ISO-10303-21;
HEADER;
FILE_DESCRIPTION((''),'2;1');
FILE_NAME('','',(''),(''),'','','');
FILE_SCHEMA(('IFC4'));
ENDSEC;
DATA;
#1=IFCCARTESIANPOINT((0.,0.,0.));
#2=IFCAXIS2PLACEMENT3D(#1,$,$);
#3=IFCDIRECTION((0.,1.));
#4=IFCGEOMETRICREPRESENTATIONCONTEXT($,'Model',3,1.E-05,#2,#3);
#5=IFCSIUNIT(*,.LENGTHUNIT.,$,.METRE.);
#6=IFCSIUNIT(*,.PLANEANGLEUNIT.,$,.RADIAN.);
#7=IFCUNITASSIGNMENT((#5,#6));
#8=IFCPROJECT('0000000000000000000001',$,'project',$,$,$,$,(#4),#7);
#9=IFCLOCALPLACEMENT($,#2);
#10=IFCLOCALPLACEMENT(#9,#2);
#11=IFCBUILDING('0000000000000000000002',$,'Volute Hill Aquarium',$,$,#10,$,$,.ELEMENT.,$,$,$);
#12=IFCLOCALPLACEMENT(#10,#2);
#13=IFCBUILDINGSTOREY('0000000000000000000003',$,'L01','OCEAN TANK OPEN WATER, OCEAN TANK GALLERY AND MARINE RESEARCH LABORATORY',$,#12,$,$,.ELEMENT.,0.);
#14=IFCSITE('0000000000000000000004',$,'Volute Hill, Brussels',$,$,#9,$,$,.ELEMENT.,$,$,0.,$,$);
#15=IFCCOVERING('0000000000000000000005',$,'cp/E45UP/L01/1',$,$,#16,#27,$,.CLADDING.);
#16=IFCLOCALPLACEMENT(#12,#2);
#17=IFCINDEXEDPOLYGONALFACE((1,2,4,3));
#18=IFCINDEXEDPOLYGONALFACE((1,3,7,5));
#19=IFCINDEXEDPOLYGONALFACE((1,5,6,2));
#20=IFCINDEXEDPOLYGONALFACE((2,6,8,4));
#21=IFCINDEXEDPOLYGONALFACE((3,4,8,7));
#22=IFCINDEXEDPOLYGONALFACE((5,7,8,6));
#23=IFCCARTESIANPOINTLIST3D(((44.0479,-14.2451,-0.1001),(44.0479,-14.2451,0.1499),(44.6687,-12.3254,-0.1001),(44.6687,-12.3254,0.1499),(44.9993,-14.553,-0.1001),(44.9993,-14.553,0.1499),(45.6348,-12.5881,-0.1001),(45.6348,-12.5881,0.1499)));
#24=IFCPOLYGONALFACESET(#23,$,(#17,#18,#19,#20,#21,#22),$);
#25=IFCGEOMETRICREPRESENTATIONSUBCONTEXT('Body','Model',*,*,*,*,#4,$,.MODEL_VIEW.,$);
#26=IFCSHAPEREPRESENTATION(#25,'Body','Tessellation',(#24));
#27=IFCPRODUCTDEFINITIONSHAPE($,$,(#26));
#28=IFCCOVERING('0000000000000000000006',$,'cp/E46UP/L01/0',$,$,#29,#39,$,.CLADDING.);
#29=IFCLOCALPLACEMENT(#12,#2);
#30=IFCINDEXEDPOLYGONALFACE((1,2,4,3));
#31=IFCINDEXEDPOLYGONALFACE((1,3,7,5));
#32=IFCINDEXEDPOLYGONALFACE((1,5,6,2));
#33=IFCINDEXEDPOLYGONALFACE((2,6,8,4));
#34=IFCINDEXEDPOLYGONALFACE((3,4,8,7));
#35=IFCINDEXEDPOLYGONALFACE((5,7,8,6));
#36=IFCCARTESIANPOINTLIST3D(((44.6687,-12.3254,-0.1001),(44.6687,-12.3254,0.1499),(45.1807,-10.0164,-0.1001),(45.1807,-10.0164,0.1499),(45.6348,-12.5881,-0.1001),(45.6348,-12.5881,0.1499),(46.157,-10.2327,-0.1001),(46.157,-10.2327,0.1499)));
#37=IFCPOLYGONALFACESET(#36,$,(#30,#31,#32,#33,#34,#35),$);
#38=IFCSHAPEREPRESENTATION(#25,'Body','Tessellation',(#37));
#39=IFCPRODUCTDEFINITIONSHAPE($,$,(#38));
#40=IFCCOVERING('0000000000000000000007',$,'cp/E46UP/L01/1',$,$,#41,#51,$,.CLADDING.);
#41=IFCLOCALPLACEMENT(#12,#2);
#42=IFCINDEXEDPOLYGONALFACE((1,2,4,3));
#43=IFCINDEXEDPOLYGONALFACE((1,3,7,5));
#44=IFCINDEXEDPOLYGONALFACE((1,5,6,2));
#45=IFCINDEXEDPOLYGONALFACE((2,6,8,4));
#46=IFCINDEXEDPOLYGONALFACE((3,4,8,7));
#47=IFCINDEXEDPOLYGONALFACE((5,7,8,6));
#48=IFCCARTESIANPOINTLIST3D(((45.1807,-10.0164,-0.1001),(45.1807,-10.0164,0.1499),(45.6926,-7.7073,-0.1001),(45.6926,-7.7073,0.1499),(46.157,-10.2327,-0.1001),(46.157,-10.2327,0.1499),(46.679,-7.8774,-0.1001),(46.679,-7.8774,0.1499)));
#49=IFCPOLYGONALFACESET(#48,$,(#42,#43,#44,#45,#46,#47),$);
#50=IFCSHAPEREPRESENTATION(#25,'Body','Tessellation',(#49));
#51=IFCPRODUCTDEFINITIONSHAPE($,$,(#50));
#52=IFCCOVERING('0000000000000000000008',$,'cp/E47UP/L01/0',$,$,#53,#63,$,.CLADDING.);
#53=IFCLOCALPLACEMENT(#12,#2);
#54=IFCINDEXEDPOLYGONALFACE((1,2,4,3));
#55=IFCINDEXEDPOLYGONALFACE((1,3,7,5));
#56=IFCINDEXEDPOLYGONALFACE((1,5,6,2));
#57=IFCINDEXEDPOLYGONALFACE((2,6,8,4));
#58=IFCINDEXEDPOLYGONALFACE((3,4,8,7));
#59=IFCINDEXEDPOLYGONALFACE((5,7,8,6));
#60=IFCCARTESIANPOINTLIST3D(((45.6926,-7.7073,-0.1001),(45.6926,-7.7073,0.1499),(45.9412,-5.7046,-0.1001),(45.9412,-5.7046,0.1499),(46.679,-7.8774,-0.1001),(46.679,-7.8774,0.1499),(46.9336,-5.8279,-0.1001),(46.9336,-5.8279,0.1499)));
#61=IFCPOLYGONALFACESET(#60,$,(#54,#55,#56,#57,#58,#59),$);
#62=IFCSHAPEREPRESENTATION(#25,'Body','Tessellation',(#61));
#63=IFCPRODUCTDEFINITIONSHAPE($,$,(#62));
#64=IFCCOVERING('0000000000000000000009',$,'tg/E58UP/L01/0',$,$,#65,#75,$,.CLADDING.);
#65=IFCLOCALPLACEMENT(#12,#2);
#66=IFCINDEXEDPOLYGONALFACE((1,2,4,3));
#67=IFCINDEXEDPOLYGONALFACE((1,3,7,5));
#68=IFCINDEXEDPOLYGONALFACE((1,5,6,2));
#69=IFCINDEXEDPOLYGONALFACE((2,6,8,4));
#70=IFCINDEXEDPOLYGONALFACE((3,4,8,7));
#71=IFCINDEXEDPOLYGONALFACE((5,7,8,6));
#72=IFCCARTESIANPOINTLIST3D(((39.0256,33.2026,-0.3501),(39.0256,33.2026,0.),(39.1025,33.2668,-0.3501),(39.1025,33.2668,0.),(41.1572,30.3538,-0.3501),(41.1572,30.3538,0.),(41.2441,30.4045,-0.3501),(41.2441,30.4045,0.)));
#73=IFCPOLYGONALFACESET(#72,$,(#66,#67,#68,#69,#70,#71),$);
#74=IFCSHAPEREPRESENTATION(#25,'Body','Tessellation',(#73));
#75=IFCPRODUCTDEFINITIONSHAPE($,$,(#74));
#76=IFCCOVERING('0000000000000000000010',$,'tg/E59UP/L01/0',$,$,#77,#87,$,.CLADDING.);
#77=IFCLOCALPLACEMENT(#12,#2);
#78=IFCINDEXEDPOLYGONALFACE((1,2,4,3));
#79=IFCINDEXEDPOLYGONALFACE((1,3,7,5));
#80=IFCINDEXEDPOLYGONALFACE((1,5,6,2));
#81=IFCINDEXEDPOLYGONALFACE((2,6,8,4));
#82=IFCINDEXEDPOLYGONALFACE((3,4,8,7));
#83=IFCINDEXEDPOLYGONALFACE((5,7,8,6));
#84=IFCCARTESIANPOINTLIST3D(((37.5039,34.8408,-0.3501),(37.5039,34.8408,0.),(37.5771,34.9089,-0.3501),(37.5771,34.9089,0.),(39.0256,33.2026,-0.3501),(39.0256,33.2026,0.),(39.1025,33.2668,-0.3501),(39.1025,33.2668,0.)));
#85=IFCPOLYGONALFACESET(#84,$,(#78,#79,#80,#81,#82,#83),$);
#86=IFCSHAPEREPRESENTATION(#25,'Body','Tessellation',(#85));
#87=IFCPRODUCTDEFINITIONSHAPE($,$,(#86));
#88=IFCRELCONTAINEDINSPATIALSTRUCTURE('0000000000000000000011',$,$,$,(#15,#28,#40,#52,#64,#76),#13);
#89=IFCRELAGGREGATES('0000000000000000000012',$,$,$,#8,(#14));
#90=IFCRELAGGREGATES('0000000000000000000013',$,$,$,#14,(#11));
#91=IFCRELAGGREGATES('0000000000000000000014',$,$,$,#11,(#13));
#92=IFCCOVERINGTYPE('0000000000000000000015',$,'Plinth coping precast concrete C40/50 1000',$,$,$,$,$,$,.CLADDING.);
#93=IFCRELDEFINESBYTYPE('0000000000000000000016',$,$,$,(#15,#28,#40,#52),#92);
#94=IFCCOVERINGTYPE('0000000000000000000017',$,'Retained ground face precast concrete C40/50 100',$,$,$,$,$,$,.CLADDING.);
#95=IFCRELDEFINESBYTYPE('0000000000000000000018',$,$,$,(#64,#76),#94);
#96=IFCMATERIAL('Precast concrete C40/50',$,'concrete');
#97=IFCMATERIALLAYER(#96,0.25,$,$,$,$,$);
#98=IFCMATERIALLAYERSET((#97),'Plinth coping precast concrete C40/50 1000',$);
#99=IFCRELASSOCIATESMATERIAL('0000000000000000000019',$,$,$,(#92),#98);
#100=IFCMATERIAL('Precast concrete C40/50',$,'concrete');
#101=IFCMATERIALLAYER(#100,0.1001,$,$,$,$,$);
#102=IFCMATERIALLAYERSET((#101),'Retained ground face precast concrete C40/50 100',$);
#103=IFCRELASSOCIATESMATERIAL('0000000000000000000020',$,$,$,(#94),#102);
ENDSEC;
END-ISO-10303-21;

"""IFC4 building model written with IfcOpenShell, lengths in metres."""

from ifc_helpers import new_model, si_unit, direction, frame, origin, place, context, subcontext, project, spatial, polyline, outline, extrude, material, layer, layer_set, type_object, element, save


model = new_model("IFC4")

# Units and contexts
model_context = context("Model", 3, precision=1e-05, world=origin(), true_north=direction((0.0, 1.0)))
body_context = subcontext(model_context, "Body", "Model", "MODEL_VIEW")
ifc_project = project(units=[si_unit("LENGTHUNIT", "METRE"), si_unit("PLANEANGLEUNIT", "RADIAN")], contexts=[model_context])

# Site, building, storey
site_placement = place(None, origin())
site = spatial("IfcSite", under=ifc_project, at=site_placement, Name="Volute Hill, Brussels", CompositionType="ELEMENT", RefElevation=0.0)
building_placement = place(site_placement, origin())
building = spatial("IfcBuilding", under=site, at=building_placement, Name="Volute Hill Aquarium", CompositionType="ELEMENT")
storey_placement = place(building_placement, origin())
storey = spatial("IfcBuildingStorey", under=building, at=storey_placement, Name="L01", Description="OCEAN TANK OPEN WATER, OCEAN TANK GALLERY AND MARINE RESEARCH LABORATORY", CompositionType="ELEMENT", Elevation=0.0)

# Coverings
ifc_material_1 = material(Name="Precast concrete C40/50", Category="concrete")
ifc_layer_1 = layer(ifc_material_1, 0.25)
ifc_layer_set_1 = layer_set([ifc_layer_1], Name="Plinth coping precast concrete C40/50 1000")
covering_type_1 = type_object("IfcCoveringType", Name="Plinth coping precast concrete C40/50 1000", PredefinedType="CLADDING", material=ifc_layer_set_1)
covering_1_placement = place(storey_placement, frame((0.0, 0.0, -0.1001)))
element("IfcCovering", 1, at=covering_1_placement, inside=storey, type_object=covering_type_1, Name="cp/E45UP/L01/1", PredefinedType="CLADDING", context=body_context, shape_type="SweptSolid", body=[
    extrude(outline(polyline([(45.6348, -12.5881), (45.6348, -12.5881), (44.6687, -12.3254), (44.6687, -12.3254), (44.0479, -14.2451), (44.9993, -14.553), (45.6348, -12.5881)])), origin(), (0.0, 0.0, 1.0), 0.25),
])
covering_2_placement = place(storey_placement, frame((0.0, 0.0, -0.1001)))
element("IfcCovering", 2, at=covering_2_placement, inside=storey, type_object=covering_type_1, Name="cp/E46UP/L01/0", PredefinedType="CLADDING", context=body_context, shape_type="SweptSolid", body=[
    extrude(outline(polyline([(45.6348, -12.5881), (46.157, -10.2327), (45.1807, -10.0164), (44.6687, -12.3254), (45.6348, -12.5881)])), origin(), (0.0, 0.0, 1.0), 0.25),
])
covering_3_placement = place(storey_placement, frame((0.0, 0.0, -0.1001)))
element("IfcCovering", 3, at=covering_3_placement, inside=storey, type_object=covering_type_1, Name="cp/E46UP/L01/1", PredefinedType="CLADDING", context=body_context, shape_type="SweptSolid", body=[
    extrude(outline(polyline([(46.157, -10.2327), (46.679, -7.8774), (45.6926, -7.7073), (45.1807, -10.0164), (46.157, -10.2327)])), origin(), (0.0, 0.0, 1.0), 0.25),
])
covering_4_placement = place(storey_placement, frame((0.0, 0.0, -0.1001)))
element("IfcCovering", 4, at=covering_4_placement, inside=storey, type_object=covering_type_1, Name="cp/E47UP/L01/0", PredefinedType="CLADDING", context=body_context, shape_type="SweptSolid", body=[
    extrude(outline(polyline([(46.679, -7.8774), (46.9336, -5.8279), (45.9412, -5.7046), (45.6926, -7.7073), (45.6926, -7.7073), (46.679, -7.8774), (46.679, -7.8774)])), origin(), (0.0, 0.0, 1.0), 0.25),
])
ifc_material_2 = material(Name="Precast concrete C40/50", Category="concrete")
ifc_layer_2 = layer(ifc_material_2, 0.1001)
ifc_layer_set_2 = layer_set([ifc_layer_2], Name="Retained ground face precast concrete C40/50 100")
covering_type_2 = type_object("IfcCoveringType", Name="Retained ground face precast concrete C40/50 100", PredefinedType="CLADDING", material=ifc_layer_set_2)
covering_5_placement = place(storey_placement, frame((0.0, 0.0, -0.3501)))
element("IfcCovering", 5, at=covering_5_placement, inside=storey, type_object=covering_type_2, Name="tg/E58UP/L01/0", PredefinedType="CLADDING", context=body_context, shape_type="SweptSolid", body=[
    extrude(outline(polyline([(41.2441, 30.4045), (39.1025, 33.2668), (39.0256, 33.2026), (41.1572, 30.3538), (41.2441, 30.4045), (41.2441, 30.4045)])), origin(), (0.0, 0.0, 1.0), 0.3501),
])
covering_6_placement = place(storey_placement, frame((0.0, 0.0, -0.3501)))
element("IfcCovering", 6, at=covering_6_placement, inside=storey, type_object=covering_type_2, Name="tg/E59UP/L01/0", PredefinedType="CLADDING", context=body_context, shape_type="SweptSolid", body=[
    extrude(outline(polyline([(39.1025, 33.2668), (37.5771, 34.9089), (37.5039, 34.8408), (39.0256, 33.2026), (39.0256, 33.2026), (39.1025, 33.2668), (39.1025, 33.2668)])), origin(), (0.0, 0.0, 1.0), 0.3501),
])

save(model, "model.ifc")
